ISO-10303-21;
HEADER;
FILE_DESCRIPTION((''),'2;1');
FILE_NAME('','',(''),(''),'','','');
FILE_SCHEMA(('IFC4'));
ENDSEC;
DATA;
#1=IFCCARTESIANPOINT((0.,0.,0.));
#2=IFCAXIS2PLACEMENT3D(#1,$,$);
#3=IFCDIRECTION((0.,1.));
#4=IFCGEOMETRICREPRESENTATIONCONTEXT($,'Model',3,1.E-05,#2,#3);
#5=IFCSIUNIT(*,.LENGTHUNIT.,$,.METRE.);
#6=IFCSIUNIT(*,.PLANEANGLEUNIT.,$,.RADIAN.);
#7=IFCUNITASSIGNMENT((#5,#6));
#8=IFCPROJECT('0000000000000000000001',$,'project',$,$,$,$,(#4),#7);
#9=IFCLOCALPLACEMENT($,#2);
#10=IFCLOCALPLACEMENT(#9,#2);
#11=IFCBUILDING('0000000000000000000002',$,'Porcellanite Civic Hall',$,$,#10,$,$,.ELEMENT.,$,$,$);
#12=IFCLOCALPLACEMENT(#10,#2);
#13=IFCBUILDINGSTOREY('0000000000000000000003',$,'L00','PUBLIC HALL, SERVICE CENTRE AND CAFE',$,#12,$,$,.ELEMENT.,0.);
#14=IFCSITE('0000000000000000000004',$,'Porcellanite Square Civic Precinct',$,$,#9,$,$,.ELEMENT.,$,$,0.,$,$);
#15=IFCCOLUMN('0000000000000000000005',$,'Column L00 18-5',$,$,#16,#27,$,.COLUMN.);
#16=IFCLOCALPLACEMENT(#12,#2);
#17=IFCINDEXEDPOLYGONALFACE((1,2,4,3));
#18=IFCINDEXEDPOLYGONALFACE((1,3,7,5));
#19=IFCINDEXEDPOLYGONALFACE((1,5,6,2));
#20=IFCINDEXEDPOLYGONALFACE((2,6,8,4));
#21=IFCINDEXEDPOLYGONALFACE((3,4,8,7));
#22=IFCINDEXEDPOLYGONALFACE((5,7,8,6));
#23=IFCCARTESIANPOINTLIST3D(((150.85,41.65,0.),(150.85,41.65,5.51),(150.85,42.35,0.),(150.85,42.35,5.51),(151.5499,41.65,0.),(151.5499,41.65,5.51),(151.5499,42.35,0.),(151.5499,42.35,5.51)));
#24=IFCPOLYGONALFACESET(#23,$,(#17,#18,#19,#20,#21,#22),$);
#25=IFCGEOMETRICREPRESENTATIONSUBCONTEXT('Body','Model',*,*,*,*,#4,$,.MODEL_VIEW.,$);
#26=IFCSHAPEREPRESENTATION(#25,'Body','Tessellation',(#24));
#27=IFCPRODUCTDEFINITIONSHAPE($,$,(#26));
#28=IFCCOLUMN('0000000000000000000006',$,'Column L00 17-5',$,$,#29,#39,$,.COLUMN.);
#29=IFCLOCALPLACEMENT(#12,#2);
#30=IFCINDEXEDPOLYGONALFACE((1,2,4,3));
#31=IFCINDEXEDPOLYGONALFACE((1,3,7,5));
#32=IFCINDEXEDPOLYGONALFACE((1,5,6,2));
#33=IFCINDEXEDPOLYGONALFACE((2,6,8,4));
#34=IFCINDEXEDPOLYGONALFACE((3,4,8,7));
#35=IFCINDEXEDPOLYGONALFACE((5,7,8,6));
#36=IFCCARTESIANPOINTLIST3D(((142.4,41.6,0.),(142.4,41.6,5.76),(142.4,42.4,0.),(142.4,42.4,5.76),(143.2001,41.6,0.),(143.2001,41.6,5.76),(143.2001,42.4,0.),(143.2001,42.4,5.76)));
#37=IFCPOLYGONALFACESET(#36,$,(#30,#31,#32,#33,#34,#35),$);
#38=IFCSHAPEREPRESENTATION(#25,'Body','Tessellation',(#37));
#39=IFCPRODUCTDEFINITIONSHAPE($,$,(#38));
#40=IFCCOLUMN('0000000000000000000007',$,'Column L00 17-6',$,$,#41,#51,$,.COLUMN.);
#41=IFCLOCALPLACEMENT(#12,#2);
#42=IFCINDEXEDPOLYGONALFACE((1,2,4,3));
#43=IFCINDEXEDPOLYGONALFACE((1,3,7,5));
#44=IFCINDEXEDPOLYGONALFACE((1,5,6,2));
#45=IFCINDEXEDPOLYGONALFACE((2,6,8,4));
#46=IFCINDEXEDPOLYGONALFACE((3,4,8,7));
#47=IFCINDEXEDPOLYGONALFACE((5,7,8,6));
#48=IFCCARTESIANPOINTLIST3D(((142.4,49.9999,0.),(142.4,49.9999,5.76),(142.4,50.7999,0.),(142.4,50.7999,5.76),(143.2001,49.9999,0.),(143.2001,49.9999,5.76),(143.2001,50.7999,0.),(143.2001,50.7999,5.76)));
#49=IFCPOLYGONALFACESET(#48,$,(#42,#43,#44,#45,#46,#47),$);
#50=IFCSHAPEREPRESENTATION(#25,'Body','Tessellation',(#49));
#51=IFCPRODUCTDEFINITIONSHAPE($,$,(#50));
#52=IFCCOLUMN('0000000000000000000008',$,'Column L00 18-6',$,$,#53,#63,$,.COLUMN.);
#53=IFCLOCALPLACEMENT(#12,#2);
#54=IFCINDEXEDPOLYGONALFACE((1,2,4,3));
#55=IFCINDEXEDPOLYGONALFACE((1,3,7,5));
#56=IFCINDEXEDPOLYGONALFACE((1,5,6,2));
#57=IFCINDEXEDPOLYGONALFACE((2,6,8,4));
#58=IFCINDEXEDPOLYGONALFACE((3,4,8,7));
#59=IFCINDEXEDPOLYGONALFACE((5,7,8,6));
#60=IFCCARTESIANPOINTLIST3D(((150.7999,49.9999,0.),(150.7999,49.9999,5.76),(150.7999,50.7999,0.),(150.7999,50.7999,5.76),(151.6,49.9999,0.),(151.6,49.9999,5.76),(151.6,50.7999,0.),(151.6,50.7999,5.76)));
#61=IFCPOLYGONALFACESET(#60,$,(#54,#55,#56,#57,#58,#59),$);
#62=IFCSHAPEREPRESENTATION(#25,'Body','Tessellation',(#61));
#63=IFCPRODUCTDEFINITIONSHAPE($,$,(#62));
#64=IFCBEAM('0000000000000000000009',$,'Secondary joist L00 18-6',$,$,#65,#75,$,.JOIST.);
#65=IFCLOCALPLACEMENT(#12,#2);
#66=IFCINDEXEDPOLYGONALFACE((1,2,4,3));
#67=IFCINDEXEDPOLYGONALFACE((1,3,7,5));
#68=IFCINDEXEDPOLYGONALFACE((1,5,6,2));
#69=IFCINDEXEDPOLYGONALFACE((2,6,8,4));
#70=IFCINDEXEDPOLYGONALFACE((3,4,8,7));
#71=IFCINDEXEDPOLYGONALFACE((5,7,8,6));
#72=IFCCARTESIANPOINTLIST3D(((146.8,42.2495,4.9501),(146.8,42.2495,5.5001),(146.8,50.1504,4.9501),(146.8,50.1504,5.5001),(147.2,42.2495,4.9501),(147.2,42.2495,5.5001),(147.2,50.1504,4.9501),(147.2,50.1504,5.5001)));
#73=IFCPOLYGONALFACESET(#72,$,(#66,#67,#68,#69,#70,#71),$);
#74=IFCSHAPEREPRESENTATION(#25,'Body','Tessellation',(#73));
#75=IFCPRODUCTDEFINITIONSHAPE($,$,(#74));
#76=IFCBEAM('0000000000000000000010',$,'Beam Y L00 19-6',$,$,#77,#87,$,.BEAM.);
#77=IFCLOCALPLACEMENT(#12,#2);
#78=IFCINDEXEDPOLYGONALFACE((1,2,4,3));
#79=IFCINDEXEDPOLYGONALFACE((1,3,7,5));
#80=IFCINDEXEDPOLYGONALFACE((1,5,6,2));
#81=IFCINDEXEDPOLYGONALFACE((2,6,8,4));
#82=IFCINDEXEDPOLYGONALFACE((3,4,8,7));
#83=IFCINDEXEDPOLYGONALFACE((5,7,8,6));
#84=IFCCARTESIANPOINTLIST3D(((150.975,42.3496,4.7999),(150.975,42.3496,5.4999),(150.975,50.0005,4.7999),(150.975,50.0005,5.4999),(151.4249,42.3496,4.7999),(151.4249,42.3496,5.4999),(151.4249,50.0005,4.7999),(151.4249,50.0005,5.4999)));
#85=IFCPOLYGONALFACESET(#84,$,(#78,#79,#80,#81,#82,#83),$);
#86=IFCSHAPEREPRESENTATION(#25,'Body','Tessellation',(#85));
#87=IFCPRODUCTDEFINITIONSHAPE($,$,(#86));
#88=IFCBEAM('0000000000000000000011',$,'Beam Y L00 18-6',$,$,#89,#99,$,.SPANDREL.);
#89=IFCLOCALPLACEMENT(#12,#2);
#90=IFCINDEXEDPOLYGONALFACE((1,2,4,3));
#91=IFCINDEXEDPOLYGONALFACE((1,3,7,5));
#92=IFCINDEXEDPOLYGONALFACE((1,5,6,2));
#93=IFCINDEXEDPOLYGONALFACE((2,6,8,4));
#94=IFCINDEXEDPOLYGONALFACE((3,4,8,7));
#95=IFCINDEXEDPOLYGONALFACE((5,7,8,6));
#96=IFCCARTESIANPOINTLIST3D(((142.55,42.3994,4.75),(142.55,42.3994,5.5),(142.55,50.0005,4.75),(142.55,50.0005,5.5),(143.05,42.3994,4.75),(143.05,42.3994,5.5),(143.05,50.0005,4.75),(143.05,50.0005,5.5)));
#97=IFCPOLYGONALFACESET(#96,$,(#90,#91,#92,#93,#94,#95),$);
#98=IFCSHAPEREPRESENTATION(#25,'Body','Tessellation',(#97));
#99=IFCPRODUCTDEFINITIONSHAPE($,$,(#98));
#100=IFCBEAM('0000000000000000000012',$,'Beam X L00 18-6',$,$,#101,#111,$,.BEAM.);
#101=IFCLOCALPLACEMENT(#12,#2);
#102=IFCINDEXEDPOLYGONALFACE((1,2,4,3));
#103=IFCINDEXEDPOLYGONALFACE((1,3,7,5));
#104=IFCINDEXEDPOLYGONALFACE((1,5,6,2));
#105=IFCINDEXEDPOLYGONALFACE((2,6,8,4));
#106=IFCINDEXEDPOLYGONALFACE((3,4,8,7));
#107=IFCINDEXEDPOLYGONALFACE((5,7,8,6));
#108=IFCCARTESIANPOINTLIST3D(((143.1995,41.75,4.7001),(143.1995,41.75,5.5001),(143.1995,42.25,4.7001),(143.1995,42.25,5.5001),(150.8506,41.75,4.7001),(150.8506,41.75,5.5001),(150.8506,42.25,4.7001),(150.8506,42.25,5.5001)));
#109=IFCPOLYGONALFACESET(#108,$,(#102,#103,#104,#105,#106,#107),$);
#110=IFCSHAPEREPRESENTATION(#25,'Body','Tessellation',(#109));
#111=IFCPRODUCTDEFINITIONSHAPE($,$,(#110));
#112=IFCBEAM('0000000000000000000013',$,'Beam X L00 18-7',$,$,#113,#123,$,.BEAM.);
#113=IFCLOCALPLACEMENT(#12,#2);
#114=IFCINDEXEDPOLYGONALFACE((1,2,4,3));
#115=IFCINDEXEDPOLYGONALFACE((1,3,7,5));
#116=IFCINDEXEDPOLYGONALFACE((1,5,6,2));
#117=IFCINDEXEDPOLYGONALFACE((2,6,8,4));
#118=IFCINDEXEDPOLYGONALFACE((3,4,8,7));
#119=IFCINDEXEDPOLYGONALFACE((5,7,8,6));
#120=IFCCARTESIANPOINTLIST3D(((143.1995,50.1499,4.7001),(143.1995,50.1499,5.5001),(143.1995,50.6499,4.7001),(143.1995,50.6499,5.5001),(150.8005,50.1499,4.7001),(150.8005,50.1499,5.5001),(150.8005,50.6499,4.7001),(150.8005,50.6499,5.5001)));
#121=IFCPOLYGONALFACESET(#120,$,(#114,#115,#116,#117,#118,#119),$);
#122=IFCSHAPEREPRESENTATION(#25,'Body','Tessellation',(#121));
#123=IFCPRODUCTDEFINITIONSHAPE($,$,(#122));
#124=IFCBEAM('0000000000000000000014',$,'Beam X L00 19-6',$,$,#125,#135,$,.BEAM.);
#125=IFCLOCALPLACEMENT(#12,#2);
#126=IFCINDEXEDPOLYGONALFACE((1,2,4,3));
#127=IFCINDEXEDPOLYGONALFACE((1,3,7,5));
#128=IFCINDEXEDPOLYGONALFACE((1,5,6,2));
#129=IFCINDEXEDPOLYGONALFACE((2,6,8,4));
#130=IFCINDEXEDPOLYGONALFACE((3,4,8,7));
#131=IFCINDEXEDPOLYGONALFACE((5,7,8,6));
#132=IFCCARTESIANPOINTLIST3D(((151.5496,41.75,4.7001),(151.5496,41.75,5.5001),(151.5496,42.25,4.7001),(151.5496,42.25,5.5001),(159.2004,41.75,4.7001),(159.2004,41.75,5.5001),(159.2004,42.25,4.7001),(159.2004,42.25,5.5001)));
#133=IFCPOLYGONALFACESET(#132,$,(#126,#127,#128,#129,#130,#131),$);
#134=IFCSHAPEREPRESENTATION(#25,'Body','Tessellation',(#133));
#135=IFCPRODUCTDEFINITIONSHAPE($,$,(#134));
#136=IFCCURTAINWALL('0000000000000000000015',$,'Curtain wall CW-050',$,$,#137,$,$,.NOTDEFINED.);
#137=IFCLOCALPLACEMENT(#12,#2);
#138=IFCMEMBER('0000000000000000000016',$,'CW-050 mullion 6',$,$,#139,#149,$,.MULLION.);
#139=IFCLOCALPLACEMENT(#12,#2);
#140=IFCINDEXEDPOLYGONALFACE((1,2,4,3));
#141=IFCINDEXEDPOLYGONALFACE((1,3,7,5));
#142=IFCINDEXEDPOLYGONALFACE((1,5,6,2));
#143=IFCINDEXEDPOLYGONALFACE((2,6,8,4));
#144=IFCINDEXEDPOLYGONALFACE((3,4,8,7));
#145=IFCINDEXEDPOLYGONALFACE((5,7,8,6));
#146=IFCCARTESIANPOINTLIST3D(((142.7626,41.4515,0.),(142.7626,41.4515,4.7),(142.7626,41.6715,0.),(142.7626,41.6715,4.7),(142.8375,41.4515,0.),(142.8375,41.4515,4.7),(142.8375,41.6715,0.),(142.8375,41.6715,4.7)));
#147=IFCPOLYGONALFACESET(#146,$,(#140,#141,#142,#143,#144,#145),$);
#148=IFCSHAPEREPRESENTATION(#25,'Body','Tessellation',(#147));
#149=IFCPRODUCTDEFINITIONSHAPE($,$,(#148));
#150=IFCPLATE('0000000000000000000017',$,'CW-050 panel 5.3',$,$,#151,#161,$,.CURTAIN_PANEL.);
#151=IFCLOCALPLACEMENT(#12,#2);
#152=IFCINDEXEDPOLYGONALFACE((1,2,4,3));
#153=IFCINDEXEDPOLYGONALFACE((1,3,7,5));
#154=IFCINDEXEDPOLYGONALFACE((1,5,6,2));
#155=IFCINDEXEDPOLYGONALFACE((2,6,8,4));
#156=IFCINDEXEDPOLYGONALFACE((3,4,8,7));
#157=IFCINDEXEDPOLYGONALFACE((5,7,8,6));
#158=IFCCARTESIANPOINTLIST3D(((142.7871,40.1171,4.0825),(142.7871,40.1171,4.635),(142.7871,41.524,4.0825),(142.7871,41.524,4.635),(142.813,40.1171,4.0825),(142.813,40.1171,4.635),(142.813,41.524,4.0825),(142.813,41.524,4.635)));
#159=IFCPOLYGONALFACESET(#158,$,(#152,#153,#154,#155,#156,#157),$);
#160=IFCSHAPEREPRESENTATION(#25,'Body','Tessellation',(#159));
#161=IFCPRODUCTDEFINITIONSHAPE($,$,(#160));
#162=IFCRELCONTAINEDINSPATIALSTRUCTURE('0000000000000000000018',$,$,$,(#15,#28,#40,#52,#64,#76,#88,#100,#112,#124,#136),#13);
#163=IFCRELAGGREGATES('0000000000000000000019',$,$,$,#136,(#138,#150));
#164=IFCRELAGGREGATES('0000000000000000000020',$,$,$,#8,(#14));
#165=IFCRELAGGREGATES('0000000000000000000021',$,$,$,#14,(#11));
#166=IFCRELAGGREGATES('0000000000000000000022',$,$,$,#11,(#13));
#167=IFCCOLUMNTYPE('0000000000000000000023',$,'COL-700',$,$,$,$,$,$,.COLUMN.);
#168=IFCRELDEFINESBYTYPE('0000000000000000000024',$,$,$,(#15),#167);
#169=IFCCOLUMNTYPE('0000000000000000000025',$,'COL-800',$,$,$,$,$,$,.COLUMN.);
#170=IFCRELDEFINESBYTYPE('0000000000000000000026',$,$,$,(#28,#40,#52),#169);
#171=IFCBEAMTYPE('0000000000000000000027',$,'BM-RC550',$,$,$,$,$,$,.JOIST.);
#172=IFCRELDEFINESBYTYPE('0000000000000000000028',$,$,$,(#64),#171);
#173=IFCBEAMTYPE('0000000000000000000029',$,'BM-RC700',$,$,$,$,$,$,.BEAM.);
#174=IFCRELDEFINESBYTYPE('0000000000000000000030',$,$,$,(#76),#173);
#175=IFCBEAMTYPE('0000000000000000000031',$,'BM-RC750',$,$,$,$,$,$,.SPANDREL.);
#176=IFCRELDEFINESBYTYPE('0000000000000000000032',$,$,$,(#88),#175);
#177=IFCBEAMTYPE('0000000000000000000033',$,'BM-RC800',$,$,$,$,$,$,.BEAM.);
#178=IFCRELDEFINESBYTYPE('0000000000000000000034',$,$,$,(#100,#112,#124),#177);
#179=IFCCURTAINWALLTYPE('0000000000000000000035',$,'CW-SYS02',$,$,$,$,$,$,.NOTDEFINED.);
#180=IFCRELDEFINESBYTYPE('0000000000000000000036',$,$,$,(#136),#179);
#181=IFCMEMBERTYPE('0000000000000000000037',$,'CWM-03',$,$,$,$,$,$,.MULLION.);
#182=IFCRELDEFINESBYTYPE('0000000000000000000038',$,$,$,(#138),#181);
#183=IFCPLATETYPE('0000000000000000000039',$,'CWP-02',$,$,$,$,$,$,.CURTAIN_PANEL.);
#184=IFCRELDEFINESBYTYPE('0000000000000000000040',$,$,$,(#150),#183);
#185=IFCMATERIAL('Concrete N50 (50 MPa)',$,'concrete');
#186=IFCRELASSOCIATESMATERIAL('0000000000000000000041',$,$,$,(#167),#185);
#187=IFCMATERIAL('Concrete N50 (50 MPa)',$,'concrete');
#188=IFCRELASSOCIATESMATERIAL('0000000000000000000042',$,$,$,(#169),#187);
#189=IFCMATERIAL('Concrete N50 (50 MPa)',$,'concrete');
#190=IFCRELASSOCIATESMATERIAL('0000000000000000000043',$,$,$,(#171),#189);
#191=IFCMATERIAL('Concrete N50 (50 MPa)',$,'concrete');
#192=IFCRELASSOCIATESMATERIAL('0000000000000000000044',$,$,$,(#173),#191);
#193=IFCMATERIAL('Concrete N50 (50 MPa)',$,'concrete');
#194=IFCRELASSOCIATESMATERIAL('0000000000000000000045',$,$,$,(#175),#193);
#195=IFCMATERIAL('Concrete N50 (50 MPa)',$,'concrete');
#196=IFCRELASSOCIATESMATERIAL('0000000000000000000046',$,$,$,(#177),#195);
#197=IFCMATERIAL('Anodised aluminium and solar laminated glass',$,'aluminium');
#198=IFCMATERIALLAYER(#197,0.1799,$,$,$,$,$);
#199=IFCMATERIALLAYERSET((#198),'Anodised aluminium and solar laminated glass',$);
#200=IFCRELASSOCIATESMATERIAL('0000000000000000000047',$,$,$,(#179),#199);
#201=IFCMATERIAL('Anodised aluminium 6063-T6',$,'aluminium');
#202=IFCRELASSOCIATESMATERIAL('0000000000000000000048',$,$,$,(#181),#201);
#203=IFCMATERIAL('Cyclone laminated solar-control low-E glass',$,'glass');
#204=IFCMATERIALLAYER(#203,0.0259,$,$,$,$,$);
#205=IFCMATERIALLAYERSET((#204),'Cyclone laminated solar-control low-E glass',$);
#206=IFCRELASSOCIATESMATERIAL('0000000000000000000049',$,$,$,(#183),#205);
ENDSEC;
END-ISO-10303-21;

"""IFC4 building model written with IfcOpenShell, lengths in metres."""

from ifc_helpers import new_model, si_unit, direction, frame, origin, origin_2d, place, context, subcontext, project, spatial, rectangle, extrude, material, layer, layer_set, material_profile, profile_set, type_object, element, aggregate, save


model = new_model("IFC4")

# Units and contexts
model_context = context("Model", 3, precision=1e-05, world=origin(), true_north=direction((0.0, 1.0)))
body_context = subcontext(model_context, "Body", "Model", "MODEL_VIEW")
ifc_project = project(units=[si_unit("LENGTHUNIT", "METRE"), si_unit("PLANEANGLEUNIT", "RADIAN")], contexts=[model_context])

# Site, building, storey
site_placement = place(None, origin())
site = spatial("IfcSite", under=ifc_project, at=site_placement, Name="Porcellanite Square Civic Precinct", CompositionType="ELEMENT", RefElevation=0.0)
building_placement = place(site_placement, origin())
building = spatial("IfcBuilding", under=site, at=building_placement, Name="Porcellanite Civic Hall", CompositionType="ELEMENT")
storey_placement = place(building_placement, origin())
storey = spatial("IfcBuildingStorey", under=building, at=storey_placement, Name="L00", Description="PUBLIC HALL, SERVICE CENTRE AND CAFE", CompositionType="ELEMENT", Elevation=0.0)

# Columns
ifc_material_1 = material(Name="Concrete N50 (50 MPa)", Category="concrete")
ifc_material_profile_1 = material_profile(ifc_material_1, rectangle(XDim=0.7, YDim=0.7, at=origin_2d()), Name="RC-700x700")
ifc_profile_set_1 = profile_set([ifc_material_profile_1], Name="Concrete N50 (50 MPa)")
column_type_1 = type_object("IfcColumnType", Name="COL-700", PredefinedType="COLUMN", material=ifc_profile_set_1)
column_placement = place(storey_placement, frame((151.2, 42.0, 0.0), z_axis=(0.0, 0.0, 1.0), x_axis=(1.0, 0.0, 0.0)))
element("IfcColumn", 1, at=column_placement, inside=storey, type_object=column_type_1, Name="Column L00 18-5", PredefinedType="COLUMN", context=body_context, shape_type="SweptSolid", body=[
    extrude(rectangle(XDim=0.7, YDim=0.7, at=origin_2d()), origin(), (0.0, 0.0, 1.0), 5.51),
])
ifc_material_2 = material(Name="Concrete N50 (50 MPa)", Category="concrete")
ifc_material_profile_2 = material_profile(ifc_material_2, rectangle(XDim=0.8, YDim=0.8, at=origin_2d()), Name="RC-800x800")
ifc_profile_set_2 = profile_set([ifc_material_profile_2], Name="Concrete N50 (50 MPa)")
column_type_2 = type_object("IfcColumnType", Name="COL-800", PredefinedType="COLUMN", material=ifc_profile_set_2)
for number, where, z_axis, x_axis, name in (
    (2, (142.8, 42.0, 0.0), (0.0, 0.0, 1.0), (1.0, 0.0, 0.0), "Column L00 17-5"),
    (3, (142.8, 50.3999, 0.0), (0.0, 0.0, 1.0), (1.0, 0.0, 0.0), "Column L00 17-6"),
    (4, (151.2, 50.3999, 0.0), (0.0, 0.0, 1.0), (1.0, 0.0, 0.0), "Column L00 18-6"),
):
    element("IfcColumn", number, at=place(storey_placement, frame(where, z_axis=z_axis, x_axis=x_axis)), inside=storey, type_object=column_type_2, Name=name, PredefinedType="COLUMN", context=body_context, shape_type="SweptSolid", body=[
        extrude(rectangle(XDim=0.8, YDim=0.8, at=origin_2d()), origin(), (0.0, 0.0, 1.0), 5.76),
    ])

# Beams
ifc_material_3 = material(Name="Concrete N50 (50 MPa)", Category="concrete")
ifc_material_profile_3 = material_profile(ifc_material_3, rectangle(XDim=0.3999, YDim=0.55, at=origin_2d()), Name="RC-400x550")
ifc_profile_set_3 = profile_set([ifc_material_profile_3], Name="Concrete N50 (50 MPa)")
beam_type_1 = type_object("IfcBeamType", Name="BM-RC550", PredefinedType="JOIST", material=ifc_profile_set_3)
beam_1_placement = place(storey_placement, frame((147.0, 42.2495, 5.2251), z_axis=(0.0, 1.0, 0.0), x_axis=(-1.0, 0.0, 0.0)))
element("IfcBeam", 5, at=beam_1_placement, inside=storey, type_object=beam_type_1, Name="Secondary joist L00 18-6", PredefinedType="JOIST", context=body_context, shape_type="SweptSolid", body=[
    extrude(rectangle(XDim=0.3999, YDim=0.55, at=origin_2d()), origin(), (0.0, 0.0, 1.0), 7.9009),
])
ifc_material_4 = material(Name="Concrete N50 (50 MPa)", Category="concrete")
ifc_material_profile_4 = material_profile(ifc_material_4, rectangle(XDim=0.45, YDim=0.7, at=origin_2d()), Name="RC-450x700")
ifc_profile_set_4 = profile_set([ifc_material_profile_4], Name="Concrete N50 (50 MPa)")
beam_type_2 = type_object("IfcBeamType", Name="BM-RC700", PredefinedType="BEAM", material=ifc_profile_set_4)
beam_2_placement = place(storey_placement, frame((151.2, 42.3496, 5.1499), z_axis=(0.0, 1.0, 0.0), x_axis=(-1.0, 0.0, 0.0)))
element("IfcBeam", 6, at=beam_2_placement, inside=storey, type_object=beam_type_2, Name="Beam Y L00 19-6", PredefinedType="BEAM", context=body_context, shape_type="SweptSolid", body=[
    extrude(rectangle(XDim=0.45, YDim=0.7, at=origin_2d()), origin(), (0.0, 0.0, 1.0), 7.6509),
])
ifc_material_5 = material(Name="Concrete N50 (50 MPa)", Category="concrete")
ifc_material_profile_5 = material_profile(ifc_material_5, rectangle(XDim=0.5, YDim=0.75, at=origin_2d()), Name="RC-500x750")
ifc_profile_set_5 = profile_set([ifc_material_profile_5], Name="Concrete N50 (50 MPa)")
beam_type_3 = type_object("IfcBeamType", Name="BM-RC750", PredefinedType="SPANDREL", material=ifc_profile_set_5)
beam_3_placement = place(storey_placement, frame((142.8, 42.3994, 5.125), z_axis=(0.0, 1.0, 0.0), x_axis=(-1.0, 0.0, 0.0)))
element("IfcBeam", 7, at=beam_3_placement, inside=storey, type_object=beam_type_3, Name="Beam Y L00 18-6", PredefinedType="SPANDREL", context=body_context, shape_type="SweptSolid", body=[
    extrude(rectangle(XDim=0.5, YDim=0.75, at=origin_2d()), origin(), (0.0, 0.0, 1.0), 7.6011),
])
ifc_material_6 = material(Name="Concrete N50 (50 MPa)", Category="concrete")
ifc_material_profile_6 = material_profile(ifc_material_6, rectangle(XDim=0.5, YDim=0.8, at=origin_2d()), Name="RC-500x800")
ifc_profile_set_6 = profile_set([ifc_material_profile_6], Name="Concrete N50 (50 MPa)")
beam_type_4 = type_object("IfcBeamType", Name="BM-RC800", PredefinedType="BEAM", material=ifc_profile_set_6)
beam_4_placement = place(storey_placement, frame((143.1995, 42.0, 5.1001), z_axis=(1.0, 0.0, 0.0), x_axis=(0.0, 1.0, 0.0)))
element("IfcBeam", 8, at=beam_4_placement, inside=storey, type_object=beam_type_4, Name="Beam X L00 18-6", PredefinedType="BEAM", context=body_context, shape_type="SweptSolid", body=[
    extrude(rectangle(XDim=0.5, YDim=0.8, at=origin_2d()), origin(), (0.0, 0.0, 1.0), 7.6511),
])
beam_5_placement = place(storey_placement, frame((143.1995, 50.3999, 5.1001), z_axis=(1.0, 0.0, 0.0), x_axis=(0.0, 1.0, 0.0)))
element("IfcBeam", 9, at=beam_5_placement, inside=storey, type_object=beam_type_4, Name="Beam X L00 18-7", PredefinedType="BEAM", context=body_context, shape_type="SweptSolid", body=[
    extrude(rectangle(XDim=0.5, YDim=0.8, at=origin_2d()), origin(), (0.0, 0.0, 1.0), 7.6011),
])
beam_6_placement = place(storey_placement, frame((151.5496, 42.0, 5.1001), z_axis=(1.0, 0.0, 0.0), x_axis=(0.0, 1.0, 0.0)))
element("IfcBeam", 10, at=beam_6_placement, inside=storey, type_object=beam_type_4, Name="Beam X L00 19-6", PredefinedType="BEAM", context=body_context, shape_type="SweptSolid", body=[
    extrude(rectangle(XDim=0.5, YDim=0.8, at=origin_2d()), origin(), (0.0, 0.0, 1.0), 7.6509),
])

# Curtain wall, member, plate
ifc_material_7 = material(Name="Anodised aluminium and solar laminated glass", Category="aluminium")
ifc_layer_1 = layer(ifc_material_7, 0.1799)
ifc_layer_set_1 = layer_set([ifc_layer_1], Name="Anodised aluminium and solar laminated glass")
curtain_wall_type = type_object("IfcCurtainWallType", Name="CW-SYS02", PredefinedType="NOTDEFINED", material=ifc_layer_set_1)
curtain_wall_placement = place(storey_placement, origin())
curtain_wall = element("IfcCurtainWall", 11, at=curtain_wall_placement, inside=storey, type_object=curtain_wall_type, Name="Curtain wall CW-050", PredefinedType="NOTDEFINED")
ifc_material_8 = material(Name="Anodised aluminium 6063-T6", Category="aluminium")
ifc_material_profile_7 = material_profile(ifc_material_8, rectangle(XDim=0.075, YDim=0.22, at=origin_2d()), Name="AL-75x220")
ifc_profile_set_7 = profile_set([ifc_material_profile_7], Name="Anodised aluminium 6063-T6")
member_type = type_object("IfcMemberType", Name="CWM-03", PredefinedType="MULLION", material=ifc_profile_set_7)
member_placement = place(storey_placement, frame((142.8, 41.5615, 0.0), z_axis=(0.0, 0.0, 1.0), x_axis=(-1.0, 0.0, 0.0)))
member = element("IfcMember", 12, at=member_placement, type_object=member_type, Name="CW-050 mullion 6", PredefinedType="MULLION", context=body_context, shape_type="SweptSolid", body=[
    extrude(rectangle(XDim=0.075, YDim=0.22, at=origin_2d()), origin(), (0.0, 0.0, 1.0), 4.7),
])
ifc_material_9 = material(Name="Cyclone laminated solar-control low-E glass", Category="glass")
ifc_layer_2 = layer(ifc_material_9, 0.0259)
ifc_layer_set_2 = layer_set([ifc_layer_2], Name="Cyclone laminated solar-control low-E glass")
plate_type = type_object("IfcPlateType", Name="CWP-02", PredefinedType="CURTAIN_PANEL", material=ifc_layer_set_2)
plate_placement = place(storey_placement, frame((142.8, 40.8206, 4.0825), z_axis=(0.0, 0.0, 1.0), x_axis=(0.0, 1.0, 0.0)))
plate = element("IfcPlate", 13, at=plate_placement, type_object=plate_type, Name="CW-050 panel 5.3", PredefinedType="CURTAIN_PANEL", context=body_context, shape_type="SweptSolid", body=[
    extrude(rectangle(XDim=1.407, YDim=0.0259, at=origin_2d()), origin(), (0.0, 0.0, 1.0), 0.5525),
])
aggregate(curtain_wall, [member, plate])

save(model, "model.ifc")
